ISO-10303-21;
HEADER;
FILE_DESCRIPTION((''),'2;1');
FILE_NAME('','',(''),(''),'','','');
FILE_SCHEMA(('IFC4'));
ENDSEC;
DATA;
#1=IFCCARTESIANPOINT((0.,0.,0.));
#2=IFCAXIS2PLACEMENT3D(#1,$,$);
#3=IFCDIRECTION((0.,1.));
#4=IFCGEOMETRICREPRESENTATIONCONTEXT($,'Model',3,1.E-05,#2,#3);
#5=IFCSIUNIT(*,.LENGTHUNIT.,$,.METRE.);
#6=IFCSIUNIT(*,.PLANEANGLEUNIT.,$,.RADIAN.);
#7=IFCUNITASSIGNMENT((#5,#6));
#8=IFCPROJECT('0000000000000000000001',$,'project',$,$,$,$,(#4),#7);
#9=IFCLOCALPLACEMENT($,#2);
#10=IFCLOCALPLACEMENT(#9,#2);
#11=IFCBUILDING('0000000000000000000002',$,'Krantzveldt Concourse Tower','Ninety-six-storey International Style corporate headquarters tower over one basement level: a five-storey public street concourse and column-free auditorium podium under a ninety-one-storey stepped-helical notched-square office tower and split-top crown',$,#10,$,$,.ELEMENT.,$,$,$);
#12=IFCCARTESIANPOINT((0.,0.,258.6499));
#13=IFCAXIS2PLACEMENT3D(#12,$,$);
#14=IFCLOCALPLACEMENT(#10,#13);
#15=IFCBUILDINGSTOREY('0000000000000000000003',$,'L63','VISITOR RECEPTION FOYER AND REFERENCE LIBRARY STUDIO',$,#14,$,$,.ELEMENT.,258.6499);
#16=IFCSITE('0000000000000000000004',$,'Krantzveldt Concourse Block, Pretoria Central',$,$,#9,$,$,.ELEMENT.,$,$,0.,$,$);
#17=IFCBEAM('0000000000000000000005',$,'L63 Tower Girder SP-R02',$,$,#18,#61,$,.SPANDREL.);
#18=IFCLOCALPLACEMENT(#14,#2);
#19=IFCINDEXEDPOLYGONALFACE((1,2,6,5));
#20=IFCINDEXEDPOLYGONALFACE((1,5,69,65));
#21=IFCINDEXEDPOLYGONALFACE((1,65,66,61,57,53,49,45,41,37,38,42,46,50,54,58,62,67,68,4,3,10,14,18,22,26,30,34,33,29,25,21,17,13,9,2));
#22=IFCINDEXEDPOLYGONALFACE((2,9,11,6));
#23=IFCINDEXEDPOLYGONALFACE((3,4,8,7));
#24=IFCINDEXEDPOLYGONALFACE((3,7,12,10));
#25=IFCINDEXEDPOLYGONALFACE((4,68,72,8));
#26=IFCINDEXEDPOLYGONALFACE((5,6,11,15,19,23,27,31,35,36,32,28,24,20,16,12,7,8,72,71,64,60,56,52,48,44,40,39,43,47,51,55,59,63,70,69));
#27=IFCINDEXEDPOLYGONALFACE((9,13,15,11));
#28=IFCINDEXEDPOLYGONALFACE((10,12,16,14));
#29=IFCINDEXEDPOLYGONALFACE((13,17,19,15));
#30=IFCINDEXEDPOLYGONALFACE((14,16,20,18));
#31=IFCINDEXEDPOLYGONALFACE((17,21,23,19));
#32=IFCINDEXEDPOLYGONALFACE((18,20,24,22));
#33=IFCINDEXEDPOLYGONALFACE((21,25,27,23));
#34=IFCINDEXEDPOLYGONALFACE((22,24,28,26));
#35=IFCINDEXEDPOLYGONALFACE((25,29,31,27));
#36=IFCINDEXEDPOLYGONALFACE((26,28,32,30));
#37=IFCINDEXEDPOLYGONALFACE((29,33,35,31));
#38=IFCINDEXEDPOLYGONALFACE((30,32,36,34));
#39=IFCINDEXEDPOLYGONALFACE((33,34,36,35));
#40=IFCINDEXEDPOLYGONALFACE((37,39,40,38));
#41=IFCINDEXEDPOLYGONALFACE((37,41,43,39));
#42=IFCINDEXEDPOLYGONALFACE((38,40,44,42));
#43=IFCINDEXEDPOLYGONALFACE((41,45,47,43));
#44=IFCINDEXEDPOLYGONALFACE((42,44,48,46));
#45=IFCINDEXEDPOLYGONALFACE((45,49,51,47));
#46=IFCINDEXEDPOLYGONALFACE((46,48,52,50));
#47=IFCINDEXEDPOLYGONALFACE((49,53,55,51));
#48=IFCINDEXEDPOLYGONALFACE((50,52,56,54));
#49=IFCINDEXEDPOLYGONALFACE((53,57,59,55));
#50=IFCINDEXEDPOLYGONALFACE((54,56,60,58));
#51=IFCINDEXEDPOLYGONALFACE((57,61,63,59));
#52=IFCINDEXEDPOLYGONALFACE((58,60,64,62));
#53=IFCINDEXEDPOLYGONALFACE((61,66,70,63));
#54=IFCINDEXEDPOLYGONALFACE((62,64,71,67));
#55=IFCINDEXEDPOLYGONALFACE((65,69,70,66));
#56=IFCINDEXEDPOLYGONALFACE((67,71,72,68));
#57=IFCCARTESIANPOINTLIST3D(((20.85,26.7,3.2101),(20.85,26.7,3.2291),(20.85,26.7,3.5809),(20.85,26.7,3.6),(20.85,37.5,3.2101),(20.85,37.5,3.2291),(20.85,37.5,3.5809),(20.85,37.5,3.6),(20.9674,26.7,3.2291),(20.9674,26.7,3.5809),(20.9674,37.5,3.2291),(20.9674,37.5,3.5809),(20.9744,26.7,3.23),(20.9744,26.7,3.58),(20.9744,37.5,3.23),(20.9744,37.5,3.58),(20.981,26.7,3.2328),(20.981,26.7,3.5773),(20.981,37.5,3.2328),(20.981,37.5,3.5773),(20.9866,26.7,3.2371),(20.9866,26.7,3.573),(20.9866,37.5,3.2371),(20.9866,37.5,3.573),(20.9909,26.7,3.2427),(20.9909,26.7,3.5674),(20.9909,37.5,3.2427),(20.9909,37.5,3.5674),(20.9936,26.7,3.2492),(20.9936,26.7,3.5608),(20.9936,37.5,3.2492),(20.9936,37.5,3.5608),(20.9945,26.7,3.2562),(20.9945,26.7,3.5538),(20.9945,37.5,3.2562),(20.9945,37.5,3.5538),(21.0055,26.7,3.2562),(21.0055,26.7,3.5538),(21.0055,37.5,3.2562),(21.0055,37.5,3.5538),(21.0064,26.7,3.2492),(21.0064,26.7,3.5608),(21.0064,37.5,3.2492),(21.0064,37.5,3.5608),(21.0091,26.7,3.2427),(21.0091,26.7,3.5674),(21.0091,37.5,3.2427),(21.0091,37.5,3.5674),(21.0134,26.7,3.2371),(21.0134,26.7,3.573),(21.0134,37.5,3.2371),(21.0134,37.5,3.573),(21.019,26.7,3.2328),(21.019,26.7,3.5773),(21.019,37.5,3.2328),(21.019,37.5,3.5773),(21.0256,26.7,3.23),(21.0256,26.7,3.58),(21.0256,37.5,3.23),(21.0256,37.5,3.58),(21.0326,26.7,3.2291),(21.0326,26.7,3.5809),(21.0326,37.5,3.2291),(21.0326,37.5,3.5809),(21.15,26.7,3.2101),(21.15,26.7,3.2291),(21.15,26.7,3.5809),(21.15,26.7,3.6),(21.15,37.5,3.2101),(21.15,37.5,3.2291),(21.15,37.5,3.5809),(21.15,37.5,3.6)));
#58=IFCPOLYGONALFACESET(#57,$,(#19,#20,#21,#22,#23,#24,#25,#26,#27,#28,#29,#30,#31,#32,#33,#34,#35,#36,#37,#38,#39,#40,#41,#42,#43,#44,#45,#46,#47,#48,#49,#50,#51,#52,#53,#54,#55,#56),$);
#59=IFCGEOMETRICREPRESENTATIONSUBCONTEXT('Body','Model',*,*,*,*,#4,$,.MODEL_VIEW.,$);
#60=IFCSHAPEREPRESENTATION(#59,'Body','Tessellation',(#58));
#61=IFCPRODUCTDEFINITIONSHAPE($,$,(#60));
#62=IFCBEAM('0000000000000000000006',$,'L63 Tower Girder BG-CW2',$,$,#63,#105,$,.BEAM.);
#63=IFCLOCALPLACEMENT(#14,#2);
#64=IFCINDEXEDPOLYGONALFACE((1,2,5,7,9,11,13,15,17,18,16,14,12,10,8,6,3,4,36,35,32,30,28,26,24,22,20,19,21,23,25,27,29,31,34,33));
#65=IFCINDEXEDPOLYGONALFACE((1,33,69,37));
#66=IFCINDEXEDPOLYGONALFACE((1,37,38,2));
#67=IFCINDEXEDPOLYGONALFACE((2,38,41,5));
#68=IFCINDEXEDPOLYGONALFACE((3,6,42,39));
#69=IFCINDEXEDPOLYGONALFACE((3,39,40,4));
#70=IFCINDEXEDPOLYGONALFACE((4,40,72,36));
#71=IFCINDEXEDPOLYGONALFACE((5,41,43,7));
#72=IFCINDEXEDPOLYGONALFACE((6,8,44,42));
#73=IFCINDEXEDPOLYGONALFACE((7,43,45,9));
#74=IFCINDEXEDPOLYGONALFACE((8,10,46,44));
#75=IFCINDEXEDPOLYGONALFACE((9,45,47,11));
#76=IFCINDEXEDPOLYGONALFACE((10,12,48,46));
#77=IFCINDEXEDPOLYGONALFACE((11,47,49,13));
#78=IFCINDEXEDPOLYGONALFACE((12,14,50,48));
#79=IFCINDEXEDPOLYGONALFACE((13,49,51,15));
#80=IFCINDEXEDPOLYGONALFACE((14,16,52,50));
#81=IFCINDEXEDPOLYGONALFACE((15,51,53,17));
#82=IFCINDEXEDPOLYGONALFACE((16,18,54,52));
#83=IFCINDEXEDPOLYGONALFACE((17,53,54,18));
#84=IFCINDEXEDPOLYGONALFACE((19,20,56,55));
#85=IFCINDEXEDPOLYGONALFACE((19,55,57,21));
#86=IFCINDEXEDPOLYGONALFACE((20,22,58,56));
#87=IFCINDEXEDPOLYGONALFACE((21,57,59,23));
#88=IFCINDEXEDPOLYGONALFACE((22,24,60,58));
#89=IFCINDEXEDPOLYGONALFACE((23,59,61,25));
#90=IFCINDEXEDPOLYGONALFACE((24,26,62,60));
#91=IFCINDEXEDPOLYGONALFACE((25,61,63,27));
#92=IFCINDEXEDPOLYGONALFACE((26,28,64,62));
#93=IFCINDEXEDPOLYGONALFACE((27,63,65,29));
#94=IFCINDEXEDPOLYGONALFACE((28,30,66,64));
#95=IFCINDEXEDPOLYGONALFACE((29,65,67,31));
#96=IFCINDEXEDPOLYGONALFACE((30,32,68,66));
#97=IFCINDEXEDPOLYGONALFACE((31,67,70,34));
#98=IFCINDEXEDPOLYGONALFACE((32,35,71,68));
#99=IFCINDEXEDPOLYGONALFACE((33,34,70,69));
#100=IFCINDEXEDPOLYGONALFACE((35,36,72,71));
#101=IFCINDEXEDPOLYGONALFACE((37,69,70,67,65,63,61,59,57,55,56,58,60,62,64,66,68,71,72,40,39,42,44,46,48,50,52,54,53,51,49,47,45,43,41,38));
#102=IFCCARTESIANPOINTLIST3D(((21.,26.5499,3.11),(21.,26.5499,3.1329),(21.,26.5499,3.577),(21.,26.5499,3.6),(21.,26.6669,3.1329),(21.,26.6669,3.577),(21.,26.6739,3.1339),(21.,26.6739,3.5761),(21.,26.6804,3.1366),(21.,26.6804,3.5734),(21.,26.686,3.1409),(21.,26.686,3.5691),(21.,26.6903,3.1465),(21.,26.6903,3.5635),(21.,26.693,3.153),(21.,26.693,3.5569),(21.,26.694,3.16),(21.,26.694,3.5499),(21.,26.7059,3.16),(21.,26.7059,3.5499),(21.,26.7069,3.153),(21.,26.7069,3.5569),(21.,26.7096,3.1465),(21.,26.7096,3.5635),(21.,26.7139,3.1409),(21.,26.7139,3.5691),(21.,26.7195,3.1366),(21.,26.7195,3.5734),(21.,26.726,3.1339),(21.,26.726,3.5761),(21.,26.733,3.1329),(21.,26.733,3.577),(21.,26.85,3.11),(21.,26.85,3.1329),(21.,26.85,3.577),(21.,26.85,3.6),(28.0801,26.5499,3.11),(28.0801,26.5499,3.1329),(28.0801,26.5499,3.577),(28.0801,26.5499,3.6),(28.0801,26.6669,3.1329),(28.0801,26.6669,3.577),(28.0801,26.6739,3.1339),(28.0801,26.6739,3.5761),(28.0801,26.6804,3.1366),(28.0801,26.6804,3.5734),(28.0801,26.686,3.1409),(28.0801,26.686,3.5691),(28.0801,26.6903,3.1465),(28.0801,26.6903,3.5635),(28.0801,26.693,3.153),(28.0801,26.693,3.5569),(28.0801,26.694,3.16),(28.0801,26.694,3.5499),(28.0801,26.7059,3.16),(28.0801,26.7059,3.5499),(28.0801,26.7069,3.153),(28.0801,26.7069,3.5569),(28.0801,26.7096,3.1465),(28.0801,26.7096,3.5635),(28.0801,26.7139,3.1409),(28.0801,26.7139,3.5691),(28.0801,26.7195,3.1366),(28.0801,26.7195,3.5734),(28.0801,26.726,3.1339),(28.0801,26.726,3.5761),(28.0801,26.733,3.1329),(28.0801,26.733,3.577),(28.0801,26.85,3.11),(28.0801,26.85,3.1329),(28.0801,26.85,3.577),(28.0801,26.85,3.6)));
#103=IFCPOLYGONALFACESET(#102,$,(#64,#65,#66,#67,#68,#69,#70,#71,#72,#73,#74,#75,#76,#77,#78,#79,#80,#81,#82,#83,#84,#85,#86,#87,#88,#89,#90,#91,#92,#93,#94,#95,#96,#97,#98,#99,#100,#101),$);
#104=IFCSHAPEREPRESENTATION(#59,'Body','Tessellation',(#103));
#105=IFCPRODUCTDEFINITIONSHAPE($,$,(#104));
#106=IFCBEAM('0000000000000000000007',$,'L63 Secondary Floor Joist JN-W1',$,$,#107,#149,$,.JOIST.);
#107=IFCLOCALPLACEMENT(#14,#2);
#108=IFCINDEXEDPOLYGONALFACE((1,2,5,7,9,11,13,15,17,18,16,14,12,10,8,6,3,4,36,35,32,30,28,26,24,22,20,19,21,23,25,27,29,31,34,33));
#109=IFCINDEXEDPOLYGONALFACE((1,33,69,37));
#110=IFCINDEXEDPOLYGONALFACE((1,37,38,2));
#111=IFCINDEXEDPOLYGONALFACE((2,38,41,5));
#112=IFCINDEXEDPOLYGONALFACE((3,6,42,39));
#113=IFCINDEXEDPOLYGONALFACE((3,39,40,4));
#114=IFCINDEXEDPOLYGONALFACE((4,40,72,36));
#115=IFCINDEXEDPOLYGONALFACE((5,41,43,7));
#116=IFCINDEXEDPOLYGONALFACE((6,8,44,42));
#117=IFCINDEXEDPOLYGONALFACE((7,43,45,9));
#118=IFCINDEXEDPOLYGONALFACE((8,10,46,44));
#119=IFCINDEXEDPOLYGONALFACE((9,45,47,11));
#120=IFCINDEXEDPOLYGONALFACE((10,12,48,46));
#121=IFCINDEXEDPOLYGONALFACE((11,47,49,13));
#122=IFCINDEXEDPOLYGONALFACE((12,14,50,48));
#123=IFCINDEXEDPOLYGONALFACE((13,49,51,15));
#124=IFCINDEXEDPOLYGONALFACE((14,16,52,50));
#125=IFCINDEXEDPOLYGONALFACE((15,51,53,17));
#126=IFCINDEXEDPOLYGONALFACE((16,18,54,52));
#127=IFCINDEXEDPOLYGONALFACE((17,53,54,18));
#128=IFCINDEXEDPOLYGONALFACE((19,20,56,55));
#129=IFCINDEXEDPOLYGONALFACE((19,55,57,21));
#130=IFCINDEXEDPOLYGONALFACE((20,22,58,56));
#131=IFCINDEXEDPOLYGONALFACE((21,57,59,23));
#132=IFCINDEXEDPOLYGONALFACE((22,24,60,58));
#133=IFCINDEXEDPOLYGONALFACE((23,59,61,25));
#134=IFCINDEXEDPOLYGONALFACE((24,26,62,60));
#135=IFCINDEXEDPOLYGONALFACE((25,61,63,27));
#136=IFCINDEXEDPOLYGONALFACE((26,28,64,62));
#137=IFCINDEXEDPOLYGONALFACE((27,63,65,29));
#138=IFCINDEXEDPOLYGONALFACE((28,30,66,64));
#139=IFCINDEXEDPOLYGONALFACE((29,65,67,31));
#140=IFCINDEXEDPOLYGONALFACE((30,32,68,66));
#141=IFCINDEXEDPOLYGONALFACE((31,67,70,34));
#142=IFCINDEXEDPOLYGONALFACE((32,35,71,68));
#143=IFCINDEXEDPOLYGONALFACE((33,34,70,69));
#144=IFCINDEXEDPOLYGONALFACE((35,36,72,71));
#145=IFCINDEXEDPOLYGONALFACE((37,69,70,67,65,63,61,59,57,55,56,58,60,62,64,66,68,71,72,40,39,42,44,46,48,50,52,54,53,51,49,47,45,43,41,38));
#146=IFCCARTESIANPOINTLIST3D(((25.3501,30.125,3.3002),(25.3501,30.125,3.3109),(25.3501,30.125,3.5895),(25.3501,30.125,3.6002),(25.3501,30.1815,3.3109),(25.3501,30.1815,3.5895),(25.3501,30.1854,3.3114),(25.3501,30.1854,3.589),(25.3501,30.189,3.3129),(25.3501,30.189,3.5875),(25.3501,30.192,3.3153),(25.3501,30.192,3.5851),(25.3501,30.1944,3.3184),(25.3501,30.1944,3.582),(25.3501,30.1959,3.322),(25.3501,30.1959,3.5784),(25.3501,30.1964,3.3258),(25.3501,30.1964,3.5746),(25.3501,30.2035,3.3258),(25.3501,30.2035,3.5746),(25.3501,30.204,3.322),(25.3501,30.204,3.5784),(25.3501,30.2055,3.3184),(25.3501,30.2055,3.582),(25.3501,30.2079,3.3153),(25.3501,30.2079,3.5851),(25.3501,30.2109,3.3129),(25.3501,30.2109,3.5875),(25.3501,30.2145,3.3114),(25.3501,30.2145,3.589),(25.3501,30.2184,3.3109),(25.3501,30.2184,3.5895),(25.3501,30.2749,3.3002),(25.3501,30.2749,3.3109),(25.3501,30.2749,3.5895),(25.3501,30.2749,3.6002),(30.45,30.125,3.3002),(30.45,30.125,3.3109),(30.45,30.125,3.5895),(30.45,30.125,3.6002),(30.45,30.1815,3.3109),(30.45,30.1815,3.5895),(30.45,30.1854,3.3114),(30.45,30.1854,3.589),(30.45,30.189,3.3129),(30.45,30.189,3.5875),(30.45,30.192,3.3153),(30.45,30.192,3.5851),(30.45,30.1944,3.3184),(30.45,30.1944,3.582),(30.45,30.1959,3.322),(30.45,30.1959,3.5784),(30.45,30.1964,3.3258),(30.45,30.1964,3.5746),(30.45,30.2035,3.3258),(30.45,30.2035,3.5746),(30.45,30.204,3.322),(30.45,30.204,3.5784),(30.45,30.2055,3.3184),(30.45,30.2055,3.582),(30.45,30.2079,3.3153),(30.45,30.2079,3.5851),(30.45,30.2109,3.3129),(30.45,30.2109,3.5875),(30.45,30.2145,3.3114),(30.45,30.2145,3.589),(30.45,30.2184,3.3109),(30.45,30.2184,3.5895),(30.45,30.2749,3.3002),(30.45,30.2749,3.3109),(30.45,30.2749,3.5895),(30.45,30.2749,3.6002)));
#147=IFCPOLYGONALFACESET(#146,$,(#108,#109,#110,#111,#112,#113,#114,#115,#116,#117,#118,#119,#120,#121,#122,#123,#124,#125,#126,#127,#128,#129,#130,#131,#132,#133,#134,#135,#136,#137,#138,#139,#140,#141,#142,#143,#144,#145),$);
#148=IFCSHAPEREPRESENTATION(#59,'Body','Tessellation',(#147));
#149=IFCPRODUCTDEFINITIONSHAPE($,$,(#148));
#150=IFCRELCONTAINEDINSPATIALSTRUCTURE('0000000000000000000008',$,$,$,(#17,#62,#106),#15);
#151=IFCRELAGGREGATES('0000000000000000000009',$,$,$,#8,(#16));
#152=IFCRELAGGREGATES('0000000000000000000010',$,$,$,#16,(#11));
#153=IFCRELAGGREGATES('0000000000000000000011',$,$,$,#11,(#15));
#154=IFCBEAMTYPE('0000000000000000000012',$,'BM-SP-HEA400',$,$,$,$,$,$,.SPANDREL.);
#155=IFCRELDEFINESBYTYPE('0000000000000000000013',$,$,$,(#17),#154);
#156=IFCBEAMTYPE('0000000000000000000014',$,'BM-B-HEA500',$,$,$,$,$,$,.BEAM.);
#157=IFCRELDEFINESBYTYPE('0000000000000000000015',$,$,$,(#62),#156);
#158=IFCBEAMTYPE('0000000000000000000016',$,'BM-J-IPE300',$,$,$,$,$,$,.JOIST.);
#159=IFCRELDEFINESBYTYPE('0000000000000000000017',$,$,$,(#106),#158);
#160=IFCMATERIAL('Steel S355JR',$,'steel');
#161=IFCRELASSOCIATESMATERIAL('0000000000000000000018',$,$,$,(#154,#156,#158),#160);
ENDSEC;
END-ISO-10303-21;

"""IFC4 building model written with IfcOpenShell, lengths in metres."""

from ifc_helpers import new_model, si_unit, direction, frame, origin, origin_2d, place, context, subcontext, project, spatial, i_section, extrude, source, transform, mapped, material, material_profile, profile_set, type_object, type_shapes, element, save


model = new_model("IFC4")

# Units and contexts
model_context = context("Model", 3, precision=1e-05, world=origin(), true_north=direction((0.0, 1.0)))
body_context = subcontext(model_context, "Body", "Model", "MODEL_VIEW")
ifc_project = project(units=[si_unit("LENGTHUNIT", "METRE"), si_unit("PLANEANGLEUNIT", "RADIAN")], contexts=[model_context])

# Site, building, storey
site_placement = place(None, origin())
site = spatial("IfcSite", under=ifc_project, at=site_placement, Name="Krantzveldt Concourse Block, Pretoria Central", CompositionType="ELEMENT", RefElevation=0.0)
building_placement = place(site_placement, origin())
building = spatial("IfcBuilding", under=site, at=building_placement, Name="Krantzveldt Concourse Tower", Description="Ninety-six-storey International Style corporate headquarters tower over one basement level: a five-storey public street concourse and column-free auditorium podium under a ninety-one-storey stepped-helical notched-square office tower and split-top crown", CompositionType="ELEMENT")
storey_placement = place(building_placement, frame((0.0, 0.0, 258.6499)))
storey = spatial("IfcBuildingStorey", under=building, at=storey_placement, Name="L63", Description="VISITOR RECEPTION FOYER AND REFERENCE LIBRARY STUDIO", CompositionType="ELEMENT", Elevation=258.6499)

# Beams
ifc_material_1 = material(Name="Steel S355JR", Category="steel")
ifc_material_profile_1 = material_profile(ifc_material_1, i_section(OverallWidth=0.3, OverallDepth=0.3899, WebThickness=0.011, FlangeThickness=0.019, FilletRadius=0.0271, at=origin_2d()), Name="Steel S355JR", Category="steel")
ifc_profile_set_1 = profile_set([ifc_material_profile_1], Name="Steel S355JR - HEA 400")
beam_type_1 = type_object("IfcBeamType", Name="BM-SP-HEA400", PredefinedType="SPANDREL", material=ifc_profile_set_1)
shared_shape_1 = source(origin(), body_context, "Body", "SweptSolid", [
    extrude(i_section(OverallWidth=0.3, OverallDepth=0.3899, WebThickness=0.011, FlangeThickness=0.019, FilletRadius=0.0271, at=origin_2d()), origin(), (0.0, 0.0, 1.0), 10.8),
])
type_shapes(beam_type_1, [shared_shape_1])
beam_1_placement = place(storey_placement, frame((21.0, 26.7, 3.405), z_axis=(0.0, 1.0, 0.0), x_axis=(-1.0, 0.0, 0.0)))
element("IfcBeam", 1, at=beam_1_placement, inside=storey, type_object=beam_type_1, Name="L63 Tower Girder SP-R02", PredefinedType="SPANDREL", context=body_context, shape_type="MappedRepresentation", body=[
    mapped(shared_shape_1, transform((0.0, 0.0, 0.0), x_axis=(1.0, 0.0, 0.0), y_axis=(0.0, 1.0, 0.0), z_axis=(0.0, 0.0, 1.0), scale=1.0)),
])
ifc_material_profile_2 = material_profile(ifc_material_1, i_section(OverallWidth=0.3, OverallDepth=0.49, WebThickness=0.012, FlangeThickness=0.0229, FilletRadius=0.0271, at=origin_2d()), Name="Steel S355JR", Category="steel")
ifc_profile_set_2 = profile_set([ifc_material_profile_2], Name="Steel S355JR - HEA 500")
beam_type_2 = type_object("IfcBeamType", Name="BM-B-HEA500", PredefinedType="BEAM", material=ifc_profile_set_2)
shared_shape_2 = source(origin(), body_context, "Body", "SweptSolid", [
    extrude(i_section(OverallWidth=0.3, OverallDepth=0.49, WebThickness=0.012, FlangeThickness=0.0229, FilletRadius=0.0271, at=origin_2d()), origin(), (0.0, 0.0, 1.0), 7.0801),
])
type_shapes(beam_type_2, [shared_shape_2])
beam_2_placement = place(storey_placement, frame((21.0, 26.7, 3.355), z_axis=(1.0, 0.0, 0.0), x_axis=(0.0, 1.0, 0.0)))
element("IfcBeam", 2, at=beam_2_placement, inside=storey, type_object=beam_type_2, Name="L63 Tower Girder BG-CW2", PredefinedType="BEAM", context=body_context, shape_type="MappedRepresentation", body=[
    mapped(shared_shape_2, transform((0.0, 0.0, 0.0), x_axis=(1.0, 0.0, 0.0), y_axis=(0.0, 1.0, 0.0), z_axis=(0.0, 0.0, 1.0), scale=1.0)),
])
ifc_material_profile_3 = material_profile(ifc_material_1, i_section(OverallWidth=0.1499, OverallDepth=0.3, WebThickness=0.0071, FlangeThickness=0.0107, FilletRadius=0.0149, at=origin_2d()), Name="Steel S355JR", Category="steel")
ifc_profile_set_3 = profile_set([ifc_material_profile_3], Name="Steel S355JR - IPE 300")
beam_type_3 = type_object("IfcBeamType", Name="BM-J-IPE300", PredefinedType="JOIST", material=ifc_profile_set_3)
shared_shape_3 = source(origin(), body_context, "Body", "SweptSolid", [
    extrude(i_section(OverallWidth=0.1499, OverallDepth=0.3, WebThickness=0.0071, FlangeThickness=0.0107, FilletRadius=0.0149, at=origin_2d()), origin(), (0.0, 0.0, 1.0), 5.0999),
])
type_shapes(beam_type_3, [shared_shape_3])
for number, where, z_axis, x_axis, name in (
    (3, (25.3501, 30.2, 3.4502), (1.0, 0.0, 0.0), (0.0, 1.0, 0.0), "L63 Secondary Floor Joist JN-W1"),
):
    element("IfcBeam", number, at=place(storey_placement, frame(where, z_axis=z_axis, x_axis=x_axis)), inside=storey, type_object=beam_type_3, Name=name, PredefinedType="JOIST", context=body_context, shape_type="MappedRepresentation", body=[
        mapped(shared_shape_3, transform((0.0, 0.0, 0.0), x_axis=(1.0, 0.0, 0.0), y_axis=(0.0, 1.0, 0.0), z_axis=(0.0, 0.0, 1.0), scale=1.0)),
    ])

save(model, "model.ifc")
